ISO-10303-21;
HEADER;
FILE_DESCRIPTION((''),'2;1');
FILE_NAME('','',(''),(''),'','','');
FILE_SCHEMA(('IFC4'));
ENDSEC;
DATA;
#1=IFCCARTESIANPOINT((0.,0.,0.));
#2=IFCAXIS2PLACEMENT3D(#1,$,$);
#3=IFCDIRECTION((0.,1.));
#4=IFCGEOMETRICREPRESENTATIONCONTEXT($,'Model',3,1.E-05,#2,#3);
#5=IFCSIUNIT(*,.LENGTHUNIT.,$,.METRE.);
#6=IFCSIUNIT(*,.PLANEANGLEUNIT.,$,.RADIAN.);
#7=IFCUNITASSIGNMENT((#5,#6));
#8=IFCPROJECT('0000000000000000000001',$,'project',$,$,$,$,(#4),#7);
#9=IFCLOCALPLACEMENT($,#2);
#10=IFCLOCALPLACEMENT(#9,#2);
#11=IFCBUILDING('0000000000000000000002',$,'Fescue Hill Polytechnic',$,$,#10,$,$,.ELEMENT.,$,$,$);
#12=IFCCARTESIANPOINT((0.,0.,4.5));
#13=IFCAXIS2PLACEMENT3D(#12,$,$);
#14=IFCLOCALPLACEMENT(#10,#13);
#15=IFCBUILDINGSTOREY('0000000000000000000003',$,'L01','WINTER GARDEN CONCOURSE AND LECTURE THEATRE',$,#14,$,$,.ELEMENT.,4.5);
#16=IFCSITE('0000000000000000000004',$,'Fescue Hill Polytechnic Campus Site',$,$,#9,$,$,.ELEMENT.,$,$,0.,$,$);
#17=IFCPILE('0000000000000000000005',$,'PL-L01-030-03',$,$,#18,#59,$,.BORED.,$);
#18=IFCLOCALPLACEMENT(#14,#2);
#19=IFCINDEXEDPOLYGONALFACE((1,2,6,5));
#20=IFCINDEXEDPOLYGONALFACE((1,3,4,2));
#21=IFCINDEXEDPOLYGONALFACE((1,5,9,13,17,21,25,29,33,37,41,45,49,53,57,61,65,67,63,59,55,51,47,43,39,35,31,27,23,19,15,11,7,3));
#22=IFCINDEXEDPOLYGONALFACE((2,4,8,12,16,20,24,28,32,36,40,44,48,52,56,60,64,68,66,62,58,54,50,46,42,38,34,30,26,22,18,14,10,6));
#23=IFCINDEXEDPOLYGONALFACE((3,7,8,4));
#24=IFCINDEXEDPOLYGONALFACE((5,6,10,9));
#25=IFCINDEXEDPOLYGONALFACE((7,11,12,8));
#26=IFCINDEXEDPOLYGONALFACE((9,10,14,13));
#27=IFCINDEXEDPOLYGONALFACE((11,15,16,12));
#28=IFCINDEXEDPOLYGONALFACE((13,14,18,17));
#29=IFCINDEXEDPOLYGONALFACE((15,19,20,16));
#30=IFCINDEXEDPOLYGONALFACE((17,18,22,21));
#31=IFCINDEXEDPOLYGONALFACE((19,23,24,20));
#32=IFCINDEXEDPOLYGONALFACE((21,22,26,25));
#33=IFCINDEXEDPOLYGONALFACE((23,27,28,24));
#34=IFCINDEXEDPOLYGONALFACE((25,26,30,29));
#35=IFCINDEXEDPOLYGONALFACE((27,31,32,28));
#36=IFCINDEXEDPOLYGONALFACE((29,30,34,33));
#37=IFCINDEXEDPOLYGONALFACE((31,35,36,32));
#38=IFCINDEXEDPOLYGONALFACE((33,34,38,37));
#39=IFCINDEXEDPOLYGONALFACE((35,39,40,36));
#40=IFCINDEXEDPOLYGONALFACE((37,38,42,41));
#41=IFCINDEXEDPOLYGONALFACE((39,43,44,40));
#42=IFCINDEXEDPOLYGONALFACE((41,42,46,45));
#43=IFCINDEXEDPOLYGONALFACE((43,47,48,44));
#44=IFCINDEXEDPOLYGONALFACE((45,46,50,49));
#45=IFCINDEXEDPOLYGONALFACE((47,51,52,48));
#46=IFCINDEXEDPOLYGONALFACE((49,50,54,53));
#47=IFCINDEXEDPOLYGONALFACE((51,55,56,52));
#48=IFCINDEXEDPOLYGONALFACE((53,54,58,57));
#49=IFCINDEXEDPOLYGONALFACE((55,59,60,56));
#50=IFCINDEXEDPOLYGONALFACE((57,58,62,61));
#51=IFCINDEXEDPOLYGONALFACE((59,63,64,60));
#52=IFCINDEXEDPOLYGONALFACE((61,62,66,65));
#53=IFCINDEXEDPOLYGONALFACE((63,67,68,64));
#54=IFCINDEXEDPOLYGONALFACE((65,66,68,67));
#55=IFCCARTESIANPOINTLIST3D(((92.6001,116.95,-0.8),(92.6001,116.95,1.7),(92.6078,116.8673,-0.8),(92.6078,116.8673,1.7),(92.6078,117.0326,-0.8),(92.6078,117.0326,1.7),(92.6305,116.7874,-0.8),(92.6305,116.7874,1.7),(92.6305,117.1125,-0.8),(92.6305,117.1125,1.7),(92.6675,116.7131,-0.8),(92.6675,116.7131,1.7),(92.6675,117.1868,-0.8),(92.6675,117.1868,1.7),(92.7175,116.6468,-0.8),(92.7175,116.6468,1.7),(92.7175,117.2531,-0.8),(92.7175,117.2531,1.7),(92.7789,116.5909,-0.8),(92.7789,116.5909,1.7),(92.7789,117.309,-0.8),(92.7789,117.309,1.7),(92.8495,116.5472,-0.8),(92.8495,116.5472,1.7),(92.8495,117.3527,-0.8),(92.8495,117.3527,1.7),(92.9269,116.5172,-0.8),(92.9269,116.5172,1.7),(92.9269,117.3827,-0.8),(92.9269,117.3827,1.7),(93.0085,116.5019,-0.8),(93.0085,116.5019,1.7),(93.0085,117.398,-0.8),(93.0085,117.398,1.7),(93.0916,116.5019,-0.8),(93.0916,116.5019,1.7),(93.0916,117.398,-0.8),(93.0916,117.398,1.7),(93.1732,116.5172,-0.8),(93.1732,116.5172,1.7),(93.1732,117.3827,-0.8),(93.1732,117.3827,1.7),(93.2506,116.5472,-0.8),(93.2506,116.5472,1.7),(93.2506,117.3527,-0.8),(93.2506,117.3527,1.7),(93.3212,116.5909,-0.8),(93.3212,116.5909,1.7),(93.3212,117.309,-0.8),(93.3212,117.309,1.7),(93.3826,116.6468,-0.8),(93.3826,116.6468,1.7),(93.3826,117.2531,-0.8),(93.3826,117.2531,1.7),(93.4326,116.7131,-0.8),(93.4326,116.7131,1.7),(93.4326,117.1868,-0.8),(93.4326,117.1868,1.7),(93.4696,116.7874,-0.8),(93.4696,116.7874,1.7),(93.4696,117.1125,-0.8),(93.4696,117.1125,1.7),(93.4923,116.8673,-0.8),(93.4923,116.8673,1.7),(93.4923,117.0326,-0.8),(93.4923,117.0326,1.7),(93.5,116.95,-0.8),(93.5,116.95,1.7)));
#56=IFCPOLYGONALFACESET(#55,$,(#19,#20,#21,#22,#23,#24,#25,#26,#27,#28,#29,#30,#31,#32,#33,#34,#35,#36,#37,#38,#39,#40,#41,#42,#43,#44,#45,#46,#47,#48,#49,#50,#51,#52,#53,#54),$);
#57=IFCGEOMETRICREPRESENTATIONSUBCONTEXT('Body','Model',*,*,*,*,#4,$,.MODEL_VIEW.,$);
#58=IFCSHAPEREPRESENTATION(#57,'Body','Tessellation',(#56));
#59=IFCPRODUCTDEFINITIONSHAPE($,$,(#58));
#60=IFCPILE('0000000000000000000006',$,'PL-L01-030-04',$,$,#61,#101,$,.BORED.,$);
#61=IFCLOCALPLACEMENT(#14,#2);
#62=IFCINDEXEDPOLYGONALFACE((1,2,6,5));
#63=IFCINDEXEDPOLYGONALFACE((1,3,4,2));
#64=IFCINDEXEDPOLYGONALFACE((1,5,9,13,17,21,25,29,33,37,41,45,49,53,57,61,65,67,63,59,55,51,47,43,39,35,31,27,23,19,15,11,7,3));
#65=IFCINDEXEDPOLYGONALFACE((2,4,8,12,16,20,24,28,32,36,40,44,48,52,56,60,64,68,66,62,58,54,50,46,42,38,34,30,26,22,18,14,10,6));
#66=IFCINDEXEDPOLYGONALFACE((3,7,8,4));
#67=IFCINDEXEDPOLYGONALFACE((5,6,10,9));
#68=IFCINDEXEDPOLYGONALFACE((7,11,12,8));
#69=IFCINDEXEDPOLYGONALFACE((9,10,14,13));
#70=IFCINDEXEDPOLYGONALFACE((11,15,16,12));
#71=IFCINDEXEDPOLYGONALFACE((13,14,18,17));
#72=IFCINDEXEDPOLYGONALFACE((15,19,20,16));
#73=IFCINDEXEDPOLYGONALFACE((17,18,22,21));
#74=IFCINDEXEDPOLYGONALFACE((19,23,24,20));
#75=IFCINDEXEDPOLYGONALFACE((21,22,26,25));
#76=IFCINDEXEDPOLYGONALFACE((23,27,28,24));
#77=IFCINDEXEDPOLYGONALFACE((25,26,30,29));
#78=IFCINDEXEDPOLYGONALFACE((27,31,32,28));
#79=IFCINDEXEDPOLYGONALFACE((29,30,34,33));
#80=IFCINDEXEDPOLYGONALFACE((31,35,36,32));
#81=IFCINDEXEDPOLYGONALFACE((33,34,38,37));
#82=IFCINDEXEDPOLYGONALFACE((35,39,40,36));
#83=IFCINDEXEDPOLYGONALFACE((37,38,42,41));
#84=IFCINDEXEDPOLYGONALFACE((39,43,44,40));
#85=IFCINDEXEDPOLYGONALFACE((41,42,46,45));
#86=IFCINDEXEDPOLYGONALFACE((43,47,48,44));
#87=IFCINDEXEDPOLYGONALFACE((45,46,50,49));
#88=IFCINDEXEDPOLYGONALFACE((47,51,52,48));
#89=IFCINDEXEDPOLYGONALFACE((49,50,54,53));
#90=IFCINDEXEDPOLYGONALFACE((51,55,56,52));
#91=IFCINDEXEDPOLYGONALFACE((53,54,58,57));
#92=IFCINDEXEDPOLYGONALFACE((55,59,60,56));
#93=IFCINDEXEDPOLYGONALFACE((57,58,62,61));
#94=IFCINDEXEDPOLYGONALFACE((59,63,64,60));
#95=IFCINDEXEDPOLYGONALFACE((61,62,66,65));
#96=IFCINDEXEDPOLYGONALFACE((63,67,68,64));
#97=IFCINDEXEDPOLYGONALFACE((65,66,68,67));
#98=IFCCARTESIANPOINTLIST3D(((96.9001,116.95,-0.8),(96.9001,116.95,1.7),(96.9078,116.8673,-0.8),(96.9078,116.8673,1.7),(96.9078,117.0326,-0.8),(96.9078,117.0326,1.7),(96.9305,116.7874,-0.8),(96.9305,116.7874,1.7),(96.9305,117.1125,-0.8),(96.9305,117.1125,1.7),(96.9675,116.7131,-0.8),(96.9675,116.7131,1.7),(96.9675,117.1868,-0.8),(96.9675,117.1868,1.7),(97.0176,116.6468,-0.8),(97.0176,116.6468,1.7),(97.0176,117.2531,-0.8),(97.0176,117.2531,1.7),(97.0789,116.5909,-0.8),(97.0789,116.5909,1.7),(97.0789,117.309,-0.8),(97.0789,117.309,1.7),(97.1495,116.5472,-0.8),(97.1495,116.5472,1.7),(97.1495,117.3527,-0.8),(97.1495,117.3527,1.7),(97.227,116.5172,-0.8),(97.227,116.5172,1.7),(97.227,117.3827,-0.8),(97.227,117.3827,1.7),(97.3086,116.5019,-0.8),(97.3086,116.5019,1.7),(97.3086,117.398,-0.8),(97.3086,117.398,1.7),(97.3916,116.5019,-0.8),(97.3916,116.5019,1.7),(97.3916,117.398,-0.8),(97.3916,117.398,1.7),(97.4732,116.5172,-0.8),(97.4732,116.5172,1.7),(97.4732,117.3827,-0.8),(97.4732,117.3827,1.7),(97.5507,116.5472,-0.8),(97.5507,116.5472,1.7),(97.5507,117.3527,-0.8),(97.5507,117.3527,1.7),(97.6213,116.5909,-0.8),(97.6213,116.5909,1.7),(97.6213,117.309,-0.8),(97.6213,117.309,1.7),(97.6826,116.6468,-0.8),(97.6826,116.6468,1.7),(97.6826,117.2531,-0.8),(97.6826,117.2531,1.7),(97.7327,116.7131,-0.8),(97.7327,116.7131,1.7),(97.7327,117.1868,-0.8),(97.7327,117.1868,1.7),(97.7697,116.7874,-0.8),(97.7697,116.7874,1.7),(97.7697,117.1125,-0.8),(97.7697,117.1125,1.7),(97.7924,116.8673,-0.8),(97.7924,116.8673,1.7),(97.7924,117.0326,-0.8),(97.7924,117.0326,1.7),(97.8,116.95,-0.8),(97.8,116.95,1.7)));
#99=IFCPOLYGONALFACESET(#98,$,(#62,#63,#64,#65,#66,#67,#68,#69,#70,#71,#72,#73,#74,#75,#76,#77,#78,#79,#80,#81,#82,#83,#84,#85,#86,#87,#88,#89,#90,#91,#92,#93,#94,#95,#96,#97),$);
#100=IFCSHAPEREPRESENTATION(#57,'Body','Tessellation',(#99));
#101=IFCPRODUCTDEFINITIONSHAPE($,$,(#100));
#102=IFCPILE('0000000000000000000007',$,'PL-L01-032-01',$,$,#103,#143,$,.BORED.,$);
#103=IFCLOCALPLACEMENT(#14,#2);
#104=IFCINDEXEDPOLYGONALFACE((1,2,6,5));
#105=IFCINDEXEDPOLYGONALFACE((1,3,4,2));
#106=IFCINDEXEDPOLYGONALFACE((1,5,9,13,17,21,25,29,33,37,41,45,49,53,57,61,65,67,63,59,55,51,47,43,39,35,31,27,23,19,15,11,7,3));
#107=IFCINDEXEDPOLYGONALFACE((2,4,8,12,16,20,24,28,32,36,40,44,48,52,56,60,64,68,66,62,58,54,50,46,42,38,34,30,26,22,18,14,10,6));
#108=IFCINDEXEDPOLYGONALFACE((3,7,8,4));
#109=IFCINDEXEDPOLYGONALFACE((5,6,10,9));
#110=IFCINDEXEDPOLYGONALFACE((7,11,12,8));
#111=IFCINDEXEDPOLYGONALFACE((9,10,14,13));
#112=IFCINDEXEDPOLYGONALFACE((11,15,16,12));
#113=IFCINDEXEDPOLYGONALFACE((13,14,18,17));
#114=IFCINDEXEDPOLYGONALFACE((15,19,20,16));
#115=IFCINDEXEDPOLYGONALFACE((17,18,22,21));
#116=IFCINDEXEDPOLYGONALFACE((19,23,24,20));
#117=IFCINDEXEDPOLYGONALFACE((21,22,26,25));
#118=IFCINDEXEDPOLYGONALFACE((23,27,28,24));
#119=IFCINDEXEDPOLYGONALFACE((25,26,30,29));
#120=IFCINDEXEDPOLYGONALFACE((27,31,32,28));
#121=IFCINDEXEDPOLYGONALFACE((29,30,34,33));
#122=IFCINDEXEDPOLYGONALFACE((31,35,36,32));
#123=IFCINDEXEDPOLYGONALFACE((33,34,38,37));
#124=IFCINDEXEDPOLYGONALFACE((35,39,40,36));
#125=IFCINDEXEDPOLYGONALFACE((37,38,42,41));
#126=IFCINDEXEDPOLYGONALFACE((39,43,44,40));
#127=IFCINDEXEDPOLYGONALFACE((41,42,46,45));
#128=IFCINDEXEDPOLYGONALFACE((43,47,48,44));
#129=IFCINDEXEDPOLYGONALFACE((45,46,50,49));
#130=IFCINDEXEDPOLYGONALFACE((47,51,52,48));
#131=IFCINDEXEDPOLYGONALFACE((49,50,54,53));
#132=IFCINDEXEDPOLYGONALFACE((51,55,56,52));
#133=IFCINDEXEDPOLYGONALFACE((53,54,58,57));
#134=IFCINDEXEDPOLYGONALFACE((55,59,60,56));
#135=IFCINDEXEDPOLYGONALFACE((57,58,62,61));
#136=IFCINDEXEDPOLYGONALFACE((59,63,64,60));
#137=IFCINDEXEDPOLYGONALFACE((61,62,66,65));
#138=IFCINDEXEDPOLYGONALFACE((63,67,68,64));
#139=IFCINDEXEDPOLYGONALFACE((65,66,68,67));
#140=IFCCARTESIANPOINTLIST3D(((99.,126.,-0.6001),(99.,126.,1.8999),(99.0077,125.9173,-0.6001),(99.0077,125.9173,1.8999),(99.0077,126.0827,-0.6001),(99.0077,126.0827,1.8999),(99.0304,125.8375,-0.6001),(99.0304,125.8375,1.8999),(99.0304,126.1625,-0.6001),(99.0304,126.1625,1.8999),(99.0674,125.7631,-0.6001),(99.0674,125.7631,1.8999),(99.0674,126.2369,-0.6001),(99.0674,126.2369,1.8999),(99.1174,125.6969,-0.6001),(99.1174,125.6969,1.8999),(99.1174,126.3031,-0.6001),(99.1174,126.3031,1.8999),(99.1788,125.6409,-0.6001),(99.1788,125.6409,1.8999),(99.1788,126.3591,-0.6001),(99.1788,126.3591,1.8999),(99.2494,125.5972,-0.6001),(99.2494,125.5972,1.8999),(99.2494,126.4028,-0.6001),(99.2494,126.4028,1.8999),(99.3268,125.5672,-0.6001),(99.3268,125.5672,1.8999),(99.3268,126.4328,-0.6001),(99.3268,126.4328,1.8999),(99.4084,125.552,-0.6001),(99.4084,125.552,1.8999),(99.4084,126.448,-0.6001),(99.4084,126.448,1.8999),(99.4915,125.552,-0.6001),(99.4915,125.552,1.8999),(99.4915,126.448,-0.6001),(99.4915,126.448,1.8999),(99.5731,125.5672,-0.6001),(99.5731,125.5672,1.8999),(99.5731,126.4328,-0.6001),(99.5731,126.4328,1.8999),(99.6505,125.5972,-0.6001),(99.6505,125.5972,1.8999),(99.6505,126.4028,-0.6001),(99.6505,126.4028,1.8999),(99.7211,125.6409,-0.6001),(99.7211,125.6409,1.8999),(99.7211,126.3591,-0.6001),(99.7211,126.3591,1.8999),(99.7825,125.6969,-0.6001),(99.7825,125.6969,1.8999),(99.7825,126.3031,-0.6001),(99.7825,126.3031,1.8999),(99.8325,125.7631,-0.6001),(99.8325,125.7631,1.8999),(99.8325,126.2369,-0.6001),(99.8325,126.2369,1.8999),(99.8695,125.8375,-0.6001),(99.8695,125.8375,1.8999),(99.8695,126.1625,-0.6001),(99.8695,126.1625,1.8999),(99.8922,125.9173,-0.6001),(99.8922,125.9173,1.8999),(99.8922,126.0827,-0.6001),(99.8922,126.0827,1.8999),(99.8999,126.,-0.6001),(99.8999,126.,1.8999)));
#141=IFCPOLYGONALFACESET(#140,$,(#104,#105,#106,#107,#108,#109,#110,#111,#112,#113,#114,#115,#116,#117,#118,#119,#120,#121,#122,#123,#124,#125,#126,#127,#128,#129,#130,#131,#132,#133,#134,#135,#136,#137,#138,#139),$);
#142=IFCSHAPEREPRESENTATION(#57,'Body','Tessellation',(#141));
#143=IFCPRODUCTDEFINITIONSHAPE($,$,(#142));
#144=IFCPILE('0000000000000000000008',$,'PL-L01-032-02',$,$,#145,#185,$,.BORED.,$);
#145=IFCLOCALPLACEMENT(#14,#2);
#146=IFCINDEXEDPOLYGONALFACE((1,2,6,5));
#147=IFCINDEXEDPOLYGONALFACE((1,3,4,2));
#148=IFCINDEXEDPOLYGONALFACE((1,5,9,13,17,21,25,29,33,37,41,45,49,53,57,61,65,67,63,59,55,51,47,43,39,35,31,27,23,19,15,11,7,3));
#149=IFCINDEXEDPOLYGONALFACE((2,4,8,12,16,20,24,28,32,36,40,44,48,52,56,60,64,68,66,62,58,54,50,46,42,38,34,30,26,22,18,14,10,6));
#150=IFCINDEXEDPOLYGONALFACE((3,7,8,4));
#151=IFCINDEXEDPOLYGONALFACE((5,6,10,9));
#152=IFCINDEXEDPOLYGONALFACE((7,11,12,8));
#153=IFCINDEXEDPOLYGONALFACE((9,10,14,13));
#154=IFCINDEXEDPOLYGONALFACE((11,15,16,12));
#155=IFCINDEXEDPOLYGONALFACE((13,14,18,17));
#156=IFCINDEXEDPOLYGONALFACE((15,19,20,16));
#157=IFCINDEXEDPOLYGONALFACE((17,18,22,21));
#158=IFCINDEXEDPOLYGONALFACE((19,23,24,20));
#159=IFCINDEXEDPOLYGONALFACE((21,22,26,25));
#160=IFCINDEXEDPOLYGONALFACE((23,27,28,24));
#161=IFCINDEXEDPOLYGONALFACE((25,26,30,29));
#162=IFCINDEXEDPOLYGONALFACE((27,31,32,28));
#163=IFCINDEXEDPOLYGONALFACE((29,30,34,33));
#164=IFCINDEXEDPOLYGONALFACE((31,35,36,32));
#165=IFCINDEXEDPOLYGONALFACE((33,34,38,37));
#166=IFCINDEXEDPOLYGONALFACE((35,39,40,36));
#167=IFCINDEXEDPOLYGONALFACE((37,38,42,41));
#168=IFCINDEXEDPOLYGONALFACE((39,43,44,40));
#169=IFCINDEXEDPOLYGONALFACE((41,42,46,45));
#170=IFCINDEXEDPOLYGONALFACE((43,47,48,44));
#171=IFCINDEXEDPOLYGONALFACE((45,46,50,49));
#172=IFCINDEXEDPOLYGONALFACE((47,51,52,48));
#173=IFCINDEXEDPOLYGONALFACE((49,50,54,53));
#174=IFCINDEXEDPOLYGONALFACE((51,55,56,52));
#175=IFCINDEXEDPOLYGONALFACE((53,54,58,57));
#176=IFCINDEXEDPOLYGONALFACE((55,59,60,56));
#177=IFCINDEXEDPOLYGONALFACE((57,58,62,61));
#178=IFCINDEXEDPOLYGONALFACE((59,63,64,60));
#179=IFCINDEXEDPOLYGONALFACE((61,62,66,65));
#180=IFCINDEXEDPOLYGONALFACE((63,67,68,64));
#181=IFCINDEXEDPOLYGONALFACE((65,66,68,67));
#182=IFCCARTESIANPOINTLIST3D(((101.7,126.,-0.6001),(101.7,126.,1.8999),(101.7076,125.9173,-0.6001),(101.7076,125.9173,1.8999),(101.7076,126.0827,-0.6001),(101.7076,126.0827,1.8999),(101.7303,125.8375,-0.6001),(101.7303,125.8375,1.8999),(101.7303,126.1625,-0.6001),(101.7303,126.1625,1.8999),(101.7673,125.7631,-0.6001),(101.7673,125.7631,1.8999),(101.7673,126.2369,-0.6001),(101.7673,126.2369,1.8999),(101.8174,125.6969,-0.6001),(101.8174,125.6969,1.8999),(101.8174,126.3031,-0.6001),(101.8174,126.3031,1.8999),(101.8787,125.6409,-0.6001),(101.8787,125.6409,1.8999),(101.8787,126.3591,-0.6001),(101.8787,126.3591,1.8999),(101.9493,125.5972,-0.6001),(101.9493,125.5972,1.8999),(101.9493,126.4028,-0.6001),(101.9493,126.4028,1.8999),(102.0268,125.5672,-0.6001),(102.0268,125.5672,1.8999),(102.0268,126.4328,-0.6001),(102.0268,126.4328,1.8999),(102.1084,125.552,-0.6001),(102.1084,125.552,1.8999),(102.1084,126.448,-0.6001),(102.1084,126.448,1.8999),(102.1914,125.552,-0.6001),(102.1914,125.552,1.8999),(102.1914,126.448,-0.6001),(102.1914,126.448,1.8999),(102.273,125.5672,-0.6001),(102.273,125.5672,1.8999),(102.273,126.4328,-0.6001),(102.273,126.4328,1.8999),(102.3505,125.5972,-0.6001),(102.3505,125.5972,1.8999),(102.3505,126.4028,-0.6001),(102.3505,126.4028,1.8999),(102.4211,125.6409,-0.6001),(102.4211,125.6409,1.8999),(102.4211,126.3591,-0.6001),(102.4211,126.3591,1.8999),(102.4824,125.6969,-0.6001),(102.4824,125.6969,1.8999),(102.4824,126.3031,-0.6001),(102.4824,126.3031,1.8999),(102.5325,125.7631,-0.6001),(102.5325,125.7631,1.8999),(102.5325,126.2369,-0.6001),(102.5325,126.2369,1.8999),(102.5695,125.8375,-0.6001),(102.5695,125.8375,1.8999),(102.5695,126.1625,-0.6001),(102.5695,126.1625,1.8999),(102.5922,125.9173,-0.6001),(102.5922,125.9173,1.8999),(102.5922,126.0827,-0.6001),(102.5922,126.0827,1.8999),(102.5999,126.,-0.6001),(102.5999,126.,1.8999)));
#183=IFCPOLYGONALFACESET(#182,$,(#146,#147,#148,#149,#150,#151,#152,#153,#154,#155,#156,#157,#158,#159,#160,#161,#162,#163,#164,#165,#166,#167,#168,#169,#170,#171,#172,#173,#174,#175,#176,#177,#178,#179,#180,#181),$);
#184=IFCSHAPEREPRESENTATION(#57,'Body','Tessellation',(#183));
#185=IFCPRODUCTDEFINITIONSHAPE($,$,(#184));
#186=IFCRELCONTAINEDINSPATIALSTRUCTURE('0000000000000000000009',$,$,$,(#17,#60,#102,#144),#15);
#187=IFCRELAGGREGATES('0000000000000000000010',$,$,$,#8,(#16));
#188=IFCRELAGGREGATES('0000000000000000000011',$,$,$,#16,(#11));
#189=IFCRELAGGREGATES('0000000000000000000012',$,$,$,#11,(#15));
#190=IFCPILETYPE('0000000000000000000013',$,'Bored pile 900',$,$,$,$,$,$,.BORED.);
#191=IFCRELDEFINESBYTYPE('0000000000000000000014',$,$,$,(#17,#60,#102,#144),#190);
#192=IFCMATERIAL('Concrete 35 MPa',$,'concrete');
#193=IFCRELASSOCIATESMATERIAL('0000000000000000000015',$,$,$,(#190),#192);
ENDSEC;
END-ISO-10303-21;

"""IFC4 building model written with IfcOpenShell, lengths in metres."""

from ifc_helpers import new_model, si_unit, direction, frame, origin, origin_2d, place, context, subcontext, project, spatial, circle, extrude, material, material_profile, profile_set, type_object, element, save


model = new_model("IFC4")

# Units and contexts
model_context = context("Model", 3, precision=1e-05, world=origin(), true_north=direction((0.0, 1.0)))
body_context = subcontext(model_context, "Body", "Model", "MODEL_VIEW")
ifc_project = project(units=[si_unit("LENGTHUNIT", "METRE"), si_unit("PLANEANGLEUNIT", "RADIAN")], contexts=[model_context])

# Site, building, storey
site_placement = place(None, origin())
site = spatial("IfcSite", under=ifc_project, at=site_placement, Name="Fescue Hill Polytechnic Campus Site", CompositionType="ELEMENT", RefElevation=0.0)
building_placement = place(site_placement, origin())
building = spatial("IfcBuilding", under=site, at=building_placement, Name="Fescue Hill Polytechnic", CompositionType="ELEMENT")
storey_placement = place(building_placement, frame((0.0, 0.0, 4.5)))
storey = spatial("IfcBuildingStorey", under=building, at=storey_placement, Name="L01", Description="WINTER GARDEN CONCOURSE AND LECTURE THEATRE", CompositionType="ELEMENT", Elevation=4.5)

# Piles
ifc_material_1 = material(Name="Concrete 35 MPa", Category="concrete")
ifc_material_profile_1 = material_profile(ifc_material_1, circle(Radius=0.45, at=origin_2d()), Name="Bored pile 900")
ifc_profile_set_1 = profile_set([ifc_material_profile_1], Name="Concrete 35 MPa")
pile_type = type_object("IfcPileType", Name="Bored pile 900", PredefinedType="BORED", material=ifc_profile_set_1)
for number, where, z_axis, x_axis, name in (
    (1, (93.05, 116.95, 1.7), (0.0, 0.0, -1.0), (1.0, 0.0, 0.0), "PL-L01-030-03"),
    (2, (97.3501, 116.95, 1.7), (0.0, 0.0, -1.0), (1.0, 0.0, 0.0), "PL-L01-030-04"),
    (3, (99.45, 126.0, 1.8999), (0.0, 0.0, -1.0), (1.0, 0.0, 0.0), "PL-L01-032-01"),
    (4, (102.1499, 126.0, 1.8999), (0.0, 0.0, -1.0), (1.0, 0.0, 0.0), "PL-L01-032-02"),
):
    element("IfcPile", number, at=place(storey_placement, frame(where, z_axis=z_axis, x_axis=x_axis)), inside=storey, type_object=pile_type, Name=name, PredefinedType="BORED", context=body_context, shape_type="SweptSolid", body=[
        extrude(circle(Radius=0.45, at=origin_2d()), origin(), (0.0, 0.0, 1.0), 2.5),
    ])

save(model, "model.ifc")
